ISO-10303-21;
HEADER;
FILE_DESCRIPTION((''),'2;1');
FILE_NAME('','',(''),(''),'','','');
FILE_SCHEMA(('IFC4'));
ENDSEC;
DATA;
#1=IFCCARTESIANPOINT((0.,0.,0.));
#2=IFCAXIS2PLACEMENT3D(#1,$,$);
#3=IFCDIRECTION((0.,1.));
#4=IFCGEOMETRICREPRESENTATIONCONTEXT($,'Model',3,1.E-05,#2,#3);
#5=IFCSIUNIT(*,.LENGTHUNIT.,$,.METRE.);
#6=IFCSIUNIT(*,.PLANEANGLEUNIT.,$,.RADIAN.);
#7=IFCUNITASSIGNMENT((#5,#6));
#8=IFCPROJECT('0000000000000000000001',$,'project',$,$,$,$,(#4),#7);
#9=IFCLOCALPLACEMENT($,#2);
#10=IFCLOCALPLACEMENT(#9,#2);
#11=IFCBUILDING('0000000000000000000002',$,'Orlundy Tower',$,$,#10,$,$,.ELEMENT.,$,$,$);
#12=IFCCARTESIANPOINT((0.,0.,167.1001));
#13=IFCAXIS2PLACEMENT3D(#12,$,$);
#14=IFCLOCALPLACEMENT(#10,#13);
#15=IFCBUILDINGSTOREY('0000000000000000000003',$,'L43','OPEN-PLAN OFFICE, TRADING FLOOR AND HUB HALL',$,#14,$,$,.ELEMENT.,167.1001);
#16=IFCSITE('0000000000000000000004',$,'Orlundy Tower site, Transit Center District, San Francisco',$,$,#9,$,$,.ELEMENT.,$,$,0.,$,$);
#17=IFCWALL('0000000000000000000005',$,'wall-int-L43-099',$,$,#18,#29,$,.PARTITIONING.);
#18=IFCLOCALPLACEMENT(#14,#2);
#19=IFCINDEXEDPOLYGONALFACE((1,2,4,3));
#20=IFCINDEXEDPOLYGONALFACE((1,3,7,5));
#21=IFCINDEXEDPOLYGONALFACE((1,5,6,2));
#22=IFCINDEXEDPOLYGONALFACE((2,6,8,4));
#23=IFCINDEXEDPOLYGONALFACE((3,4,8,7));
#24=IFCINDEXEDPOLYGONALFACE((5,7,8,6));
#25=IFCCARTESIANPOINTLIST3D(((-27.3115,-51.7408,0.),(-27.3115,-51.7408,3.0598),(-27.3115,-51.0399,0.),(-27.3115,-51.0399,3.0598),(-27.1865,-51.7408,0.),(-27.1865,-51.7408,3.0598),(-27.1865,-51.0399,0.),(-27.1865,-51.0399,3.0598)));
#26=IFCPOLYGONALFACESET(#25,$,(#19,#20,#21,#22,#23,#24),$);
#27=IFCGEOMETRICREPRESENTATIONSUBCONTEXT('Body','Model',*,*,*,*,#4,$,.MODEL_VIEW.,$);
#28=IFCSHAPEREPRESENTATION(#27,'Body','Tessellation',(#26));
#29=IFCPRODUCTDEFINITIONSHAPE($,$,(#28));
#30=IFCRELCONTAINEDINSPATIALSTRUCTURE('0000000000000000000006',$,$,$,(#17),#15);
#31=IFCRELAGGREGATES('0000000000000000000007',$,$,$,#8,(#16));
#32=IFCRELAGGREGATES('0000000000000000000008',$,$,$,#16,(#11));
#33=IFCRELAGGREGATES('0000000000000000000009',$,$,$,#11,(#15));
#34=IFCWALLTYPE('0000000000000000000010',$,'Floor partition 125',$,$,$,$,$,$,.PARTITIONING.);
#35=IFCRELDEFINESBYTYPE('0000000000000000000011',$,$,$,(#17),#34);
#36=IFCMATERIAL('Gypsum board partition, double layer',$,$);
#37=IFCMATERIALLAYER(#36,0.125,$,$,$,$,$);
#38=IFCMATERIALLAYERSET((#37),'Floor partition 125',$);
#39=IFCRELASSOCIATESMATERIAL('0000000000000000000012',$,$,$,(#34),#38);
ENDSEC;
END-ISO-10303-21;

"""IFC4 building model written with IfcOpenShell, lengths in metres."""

from ifc_helpers import new_model, si_unit, direction, frame, frame_2d, origin, place, context, subcontext, project, spatial, rectangle, extrude, material, layer, layer_set, type_object, element, save


model = new_model("IFC4")

# Units and contexts
model_context = context("Model", 3, precision=1e-05, world=origin(), true_north=direction((0.0, 1.0)))
body_context = subcontext(model_context, "Body", "Model", "MODEL_VIEW")
ifc_project = project(units=[si_unit("LENGTHUNIT", "METRE"), si_unit("PLANEANGLEUNIT", "RADIAN")], contexts=[model_context])

# Site, building, storey
site_placement = place(None, origin())
site = spatial("IfcSite", under=ifc_project, at=site_placement, Name="Orlundy Tower site, Transit Center District, San Francisco", CompositionType="ELEMENT", RefElevation=0.0)
building_placement = place(site_placement, origin())
building = spatial("IfcBuilding", under=site, at=building_placement, Name="Orlundy Tower", CompositionType="ELEMENT")
storey_placement = place(building_placement, frame((0.0, 0.0, 167.1001)))
storey = spatial("IfcBuildingStorey", under=building, at=storey_placement, Name="L43", Description="OPEN-PLAN OFFICE, TRADING FLOOR AND HUB HALL", CompositionType="ELEMENT", Elevation=167.1001)

# Shared definitions
ifc_material_1 = material(Name="Gypsum board partition, double layer")
ifc_layer_1 = layer(ifc_material_1, 0.125)
ifc_layer_set_1 = layer_set([ifc_layer_1], Name="Floor partition 125")
wall_type_1 = type_object("IfcWallType", Name="Floor partition 125", PredefinedType="PARTITIONING", material=ifc_layer_set_1)

# Wall
wall_1_placement = place(storey_placement, frame((-27.249, -51.741, 0.0), z_axis=(0.0, 0.0, 1.0), x_axis=(0.0, 1.0, 0.0)))
element("IfcWall", 1, at=wall_1_placement, inside=storey, type_object=wall_type_1, Name="wall-int-L43-099", PredefinedType="PARTITIONING", context=body_context, shape_type="SweptSolid", body=[
    extrude(rectangle(XDim=0.7009, YDim=0.125, at=frame_2d((0.3506, 0.0))), origin(), (0.0, 0.0, 1.0), 3.0598),
])

save(model, "model.ifc")
